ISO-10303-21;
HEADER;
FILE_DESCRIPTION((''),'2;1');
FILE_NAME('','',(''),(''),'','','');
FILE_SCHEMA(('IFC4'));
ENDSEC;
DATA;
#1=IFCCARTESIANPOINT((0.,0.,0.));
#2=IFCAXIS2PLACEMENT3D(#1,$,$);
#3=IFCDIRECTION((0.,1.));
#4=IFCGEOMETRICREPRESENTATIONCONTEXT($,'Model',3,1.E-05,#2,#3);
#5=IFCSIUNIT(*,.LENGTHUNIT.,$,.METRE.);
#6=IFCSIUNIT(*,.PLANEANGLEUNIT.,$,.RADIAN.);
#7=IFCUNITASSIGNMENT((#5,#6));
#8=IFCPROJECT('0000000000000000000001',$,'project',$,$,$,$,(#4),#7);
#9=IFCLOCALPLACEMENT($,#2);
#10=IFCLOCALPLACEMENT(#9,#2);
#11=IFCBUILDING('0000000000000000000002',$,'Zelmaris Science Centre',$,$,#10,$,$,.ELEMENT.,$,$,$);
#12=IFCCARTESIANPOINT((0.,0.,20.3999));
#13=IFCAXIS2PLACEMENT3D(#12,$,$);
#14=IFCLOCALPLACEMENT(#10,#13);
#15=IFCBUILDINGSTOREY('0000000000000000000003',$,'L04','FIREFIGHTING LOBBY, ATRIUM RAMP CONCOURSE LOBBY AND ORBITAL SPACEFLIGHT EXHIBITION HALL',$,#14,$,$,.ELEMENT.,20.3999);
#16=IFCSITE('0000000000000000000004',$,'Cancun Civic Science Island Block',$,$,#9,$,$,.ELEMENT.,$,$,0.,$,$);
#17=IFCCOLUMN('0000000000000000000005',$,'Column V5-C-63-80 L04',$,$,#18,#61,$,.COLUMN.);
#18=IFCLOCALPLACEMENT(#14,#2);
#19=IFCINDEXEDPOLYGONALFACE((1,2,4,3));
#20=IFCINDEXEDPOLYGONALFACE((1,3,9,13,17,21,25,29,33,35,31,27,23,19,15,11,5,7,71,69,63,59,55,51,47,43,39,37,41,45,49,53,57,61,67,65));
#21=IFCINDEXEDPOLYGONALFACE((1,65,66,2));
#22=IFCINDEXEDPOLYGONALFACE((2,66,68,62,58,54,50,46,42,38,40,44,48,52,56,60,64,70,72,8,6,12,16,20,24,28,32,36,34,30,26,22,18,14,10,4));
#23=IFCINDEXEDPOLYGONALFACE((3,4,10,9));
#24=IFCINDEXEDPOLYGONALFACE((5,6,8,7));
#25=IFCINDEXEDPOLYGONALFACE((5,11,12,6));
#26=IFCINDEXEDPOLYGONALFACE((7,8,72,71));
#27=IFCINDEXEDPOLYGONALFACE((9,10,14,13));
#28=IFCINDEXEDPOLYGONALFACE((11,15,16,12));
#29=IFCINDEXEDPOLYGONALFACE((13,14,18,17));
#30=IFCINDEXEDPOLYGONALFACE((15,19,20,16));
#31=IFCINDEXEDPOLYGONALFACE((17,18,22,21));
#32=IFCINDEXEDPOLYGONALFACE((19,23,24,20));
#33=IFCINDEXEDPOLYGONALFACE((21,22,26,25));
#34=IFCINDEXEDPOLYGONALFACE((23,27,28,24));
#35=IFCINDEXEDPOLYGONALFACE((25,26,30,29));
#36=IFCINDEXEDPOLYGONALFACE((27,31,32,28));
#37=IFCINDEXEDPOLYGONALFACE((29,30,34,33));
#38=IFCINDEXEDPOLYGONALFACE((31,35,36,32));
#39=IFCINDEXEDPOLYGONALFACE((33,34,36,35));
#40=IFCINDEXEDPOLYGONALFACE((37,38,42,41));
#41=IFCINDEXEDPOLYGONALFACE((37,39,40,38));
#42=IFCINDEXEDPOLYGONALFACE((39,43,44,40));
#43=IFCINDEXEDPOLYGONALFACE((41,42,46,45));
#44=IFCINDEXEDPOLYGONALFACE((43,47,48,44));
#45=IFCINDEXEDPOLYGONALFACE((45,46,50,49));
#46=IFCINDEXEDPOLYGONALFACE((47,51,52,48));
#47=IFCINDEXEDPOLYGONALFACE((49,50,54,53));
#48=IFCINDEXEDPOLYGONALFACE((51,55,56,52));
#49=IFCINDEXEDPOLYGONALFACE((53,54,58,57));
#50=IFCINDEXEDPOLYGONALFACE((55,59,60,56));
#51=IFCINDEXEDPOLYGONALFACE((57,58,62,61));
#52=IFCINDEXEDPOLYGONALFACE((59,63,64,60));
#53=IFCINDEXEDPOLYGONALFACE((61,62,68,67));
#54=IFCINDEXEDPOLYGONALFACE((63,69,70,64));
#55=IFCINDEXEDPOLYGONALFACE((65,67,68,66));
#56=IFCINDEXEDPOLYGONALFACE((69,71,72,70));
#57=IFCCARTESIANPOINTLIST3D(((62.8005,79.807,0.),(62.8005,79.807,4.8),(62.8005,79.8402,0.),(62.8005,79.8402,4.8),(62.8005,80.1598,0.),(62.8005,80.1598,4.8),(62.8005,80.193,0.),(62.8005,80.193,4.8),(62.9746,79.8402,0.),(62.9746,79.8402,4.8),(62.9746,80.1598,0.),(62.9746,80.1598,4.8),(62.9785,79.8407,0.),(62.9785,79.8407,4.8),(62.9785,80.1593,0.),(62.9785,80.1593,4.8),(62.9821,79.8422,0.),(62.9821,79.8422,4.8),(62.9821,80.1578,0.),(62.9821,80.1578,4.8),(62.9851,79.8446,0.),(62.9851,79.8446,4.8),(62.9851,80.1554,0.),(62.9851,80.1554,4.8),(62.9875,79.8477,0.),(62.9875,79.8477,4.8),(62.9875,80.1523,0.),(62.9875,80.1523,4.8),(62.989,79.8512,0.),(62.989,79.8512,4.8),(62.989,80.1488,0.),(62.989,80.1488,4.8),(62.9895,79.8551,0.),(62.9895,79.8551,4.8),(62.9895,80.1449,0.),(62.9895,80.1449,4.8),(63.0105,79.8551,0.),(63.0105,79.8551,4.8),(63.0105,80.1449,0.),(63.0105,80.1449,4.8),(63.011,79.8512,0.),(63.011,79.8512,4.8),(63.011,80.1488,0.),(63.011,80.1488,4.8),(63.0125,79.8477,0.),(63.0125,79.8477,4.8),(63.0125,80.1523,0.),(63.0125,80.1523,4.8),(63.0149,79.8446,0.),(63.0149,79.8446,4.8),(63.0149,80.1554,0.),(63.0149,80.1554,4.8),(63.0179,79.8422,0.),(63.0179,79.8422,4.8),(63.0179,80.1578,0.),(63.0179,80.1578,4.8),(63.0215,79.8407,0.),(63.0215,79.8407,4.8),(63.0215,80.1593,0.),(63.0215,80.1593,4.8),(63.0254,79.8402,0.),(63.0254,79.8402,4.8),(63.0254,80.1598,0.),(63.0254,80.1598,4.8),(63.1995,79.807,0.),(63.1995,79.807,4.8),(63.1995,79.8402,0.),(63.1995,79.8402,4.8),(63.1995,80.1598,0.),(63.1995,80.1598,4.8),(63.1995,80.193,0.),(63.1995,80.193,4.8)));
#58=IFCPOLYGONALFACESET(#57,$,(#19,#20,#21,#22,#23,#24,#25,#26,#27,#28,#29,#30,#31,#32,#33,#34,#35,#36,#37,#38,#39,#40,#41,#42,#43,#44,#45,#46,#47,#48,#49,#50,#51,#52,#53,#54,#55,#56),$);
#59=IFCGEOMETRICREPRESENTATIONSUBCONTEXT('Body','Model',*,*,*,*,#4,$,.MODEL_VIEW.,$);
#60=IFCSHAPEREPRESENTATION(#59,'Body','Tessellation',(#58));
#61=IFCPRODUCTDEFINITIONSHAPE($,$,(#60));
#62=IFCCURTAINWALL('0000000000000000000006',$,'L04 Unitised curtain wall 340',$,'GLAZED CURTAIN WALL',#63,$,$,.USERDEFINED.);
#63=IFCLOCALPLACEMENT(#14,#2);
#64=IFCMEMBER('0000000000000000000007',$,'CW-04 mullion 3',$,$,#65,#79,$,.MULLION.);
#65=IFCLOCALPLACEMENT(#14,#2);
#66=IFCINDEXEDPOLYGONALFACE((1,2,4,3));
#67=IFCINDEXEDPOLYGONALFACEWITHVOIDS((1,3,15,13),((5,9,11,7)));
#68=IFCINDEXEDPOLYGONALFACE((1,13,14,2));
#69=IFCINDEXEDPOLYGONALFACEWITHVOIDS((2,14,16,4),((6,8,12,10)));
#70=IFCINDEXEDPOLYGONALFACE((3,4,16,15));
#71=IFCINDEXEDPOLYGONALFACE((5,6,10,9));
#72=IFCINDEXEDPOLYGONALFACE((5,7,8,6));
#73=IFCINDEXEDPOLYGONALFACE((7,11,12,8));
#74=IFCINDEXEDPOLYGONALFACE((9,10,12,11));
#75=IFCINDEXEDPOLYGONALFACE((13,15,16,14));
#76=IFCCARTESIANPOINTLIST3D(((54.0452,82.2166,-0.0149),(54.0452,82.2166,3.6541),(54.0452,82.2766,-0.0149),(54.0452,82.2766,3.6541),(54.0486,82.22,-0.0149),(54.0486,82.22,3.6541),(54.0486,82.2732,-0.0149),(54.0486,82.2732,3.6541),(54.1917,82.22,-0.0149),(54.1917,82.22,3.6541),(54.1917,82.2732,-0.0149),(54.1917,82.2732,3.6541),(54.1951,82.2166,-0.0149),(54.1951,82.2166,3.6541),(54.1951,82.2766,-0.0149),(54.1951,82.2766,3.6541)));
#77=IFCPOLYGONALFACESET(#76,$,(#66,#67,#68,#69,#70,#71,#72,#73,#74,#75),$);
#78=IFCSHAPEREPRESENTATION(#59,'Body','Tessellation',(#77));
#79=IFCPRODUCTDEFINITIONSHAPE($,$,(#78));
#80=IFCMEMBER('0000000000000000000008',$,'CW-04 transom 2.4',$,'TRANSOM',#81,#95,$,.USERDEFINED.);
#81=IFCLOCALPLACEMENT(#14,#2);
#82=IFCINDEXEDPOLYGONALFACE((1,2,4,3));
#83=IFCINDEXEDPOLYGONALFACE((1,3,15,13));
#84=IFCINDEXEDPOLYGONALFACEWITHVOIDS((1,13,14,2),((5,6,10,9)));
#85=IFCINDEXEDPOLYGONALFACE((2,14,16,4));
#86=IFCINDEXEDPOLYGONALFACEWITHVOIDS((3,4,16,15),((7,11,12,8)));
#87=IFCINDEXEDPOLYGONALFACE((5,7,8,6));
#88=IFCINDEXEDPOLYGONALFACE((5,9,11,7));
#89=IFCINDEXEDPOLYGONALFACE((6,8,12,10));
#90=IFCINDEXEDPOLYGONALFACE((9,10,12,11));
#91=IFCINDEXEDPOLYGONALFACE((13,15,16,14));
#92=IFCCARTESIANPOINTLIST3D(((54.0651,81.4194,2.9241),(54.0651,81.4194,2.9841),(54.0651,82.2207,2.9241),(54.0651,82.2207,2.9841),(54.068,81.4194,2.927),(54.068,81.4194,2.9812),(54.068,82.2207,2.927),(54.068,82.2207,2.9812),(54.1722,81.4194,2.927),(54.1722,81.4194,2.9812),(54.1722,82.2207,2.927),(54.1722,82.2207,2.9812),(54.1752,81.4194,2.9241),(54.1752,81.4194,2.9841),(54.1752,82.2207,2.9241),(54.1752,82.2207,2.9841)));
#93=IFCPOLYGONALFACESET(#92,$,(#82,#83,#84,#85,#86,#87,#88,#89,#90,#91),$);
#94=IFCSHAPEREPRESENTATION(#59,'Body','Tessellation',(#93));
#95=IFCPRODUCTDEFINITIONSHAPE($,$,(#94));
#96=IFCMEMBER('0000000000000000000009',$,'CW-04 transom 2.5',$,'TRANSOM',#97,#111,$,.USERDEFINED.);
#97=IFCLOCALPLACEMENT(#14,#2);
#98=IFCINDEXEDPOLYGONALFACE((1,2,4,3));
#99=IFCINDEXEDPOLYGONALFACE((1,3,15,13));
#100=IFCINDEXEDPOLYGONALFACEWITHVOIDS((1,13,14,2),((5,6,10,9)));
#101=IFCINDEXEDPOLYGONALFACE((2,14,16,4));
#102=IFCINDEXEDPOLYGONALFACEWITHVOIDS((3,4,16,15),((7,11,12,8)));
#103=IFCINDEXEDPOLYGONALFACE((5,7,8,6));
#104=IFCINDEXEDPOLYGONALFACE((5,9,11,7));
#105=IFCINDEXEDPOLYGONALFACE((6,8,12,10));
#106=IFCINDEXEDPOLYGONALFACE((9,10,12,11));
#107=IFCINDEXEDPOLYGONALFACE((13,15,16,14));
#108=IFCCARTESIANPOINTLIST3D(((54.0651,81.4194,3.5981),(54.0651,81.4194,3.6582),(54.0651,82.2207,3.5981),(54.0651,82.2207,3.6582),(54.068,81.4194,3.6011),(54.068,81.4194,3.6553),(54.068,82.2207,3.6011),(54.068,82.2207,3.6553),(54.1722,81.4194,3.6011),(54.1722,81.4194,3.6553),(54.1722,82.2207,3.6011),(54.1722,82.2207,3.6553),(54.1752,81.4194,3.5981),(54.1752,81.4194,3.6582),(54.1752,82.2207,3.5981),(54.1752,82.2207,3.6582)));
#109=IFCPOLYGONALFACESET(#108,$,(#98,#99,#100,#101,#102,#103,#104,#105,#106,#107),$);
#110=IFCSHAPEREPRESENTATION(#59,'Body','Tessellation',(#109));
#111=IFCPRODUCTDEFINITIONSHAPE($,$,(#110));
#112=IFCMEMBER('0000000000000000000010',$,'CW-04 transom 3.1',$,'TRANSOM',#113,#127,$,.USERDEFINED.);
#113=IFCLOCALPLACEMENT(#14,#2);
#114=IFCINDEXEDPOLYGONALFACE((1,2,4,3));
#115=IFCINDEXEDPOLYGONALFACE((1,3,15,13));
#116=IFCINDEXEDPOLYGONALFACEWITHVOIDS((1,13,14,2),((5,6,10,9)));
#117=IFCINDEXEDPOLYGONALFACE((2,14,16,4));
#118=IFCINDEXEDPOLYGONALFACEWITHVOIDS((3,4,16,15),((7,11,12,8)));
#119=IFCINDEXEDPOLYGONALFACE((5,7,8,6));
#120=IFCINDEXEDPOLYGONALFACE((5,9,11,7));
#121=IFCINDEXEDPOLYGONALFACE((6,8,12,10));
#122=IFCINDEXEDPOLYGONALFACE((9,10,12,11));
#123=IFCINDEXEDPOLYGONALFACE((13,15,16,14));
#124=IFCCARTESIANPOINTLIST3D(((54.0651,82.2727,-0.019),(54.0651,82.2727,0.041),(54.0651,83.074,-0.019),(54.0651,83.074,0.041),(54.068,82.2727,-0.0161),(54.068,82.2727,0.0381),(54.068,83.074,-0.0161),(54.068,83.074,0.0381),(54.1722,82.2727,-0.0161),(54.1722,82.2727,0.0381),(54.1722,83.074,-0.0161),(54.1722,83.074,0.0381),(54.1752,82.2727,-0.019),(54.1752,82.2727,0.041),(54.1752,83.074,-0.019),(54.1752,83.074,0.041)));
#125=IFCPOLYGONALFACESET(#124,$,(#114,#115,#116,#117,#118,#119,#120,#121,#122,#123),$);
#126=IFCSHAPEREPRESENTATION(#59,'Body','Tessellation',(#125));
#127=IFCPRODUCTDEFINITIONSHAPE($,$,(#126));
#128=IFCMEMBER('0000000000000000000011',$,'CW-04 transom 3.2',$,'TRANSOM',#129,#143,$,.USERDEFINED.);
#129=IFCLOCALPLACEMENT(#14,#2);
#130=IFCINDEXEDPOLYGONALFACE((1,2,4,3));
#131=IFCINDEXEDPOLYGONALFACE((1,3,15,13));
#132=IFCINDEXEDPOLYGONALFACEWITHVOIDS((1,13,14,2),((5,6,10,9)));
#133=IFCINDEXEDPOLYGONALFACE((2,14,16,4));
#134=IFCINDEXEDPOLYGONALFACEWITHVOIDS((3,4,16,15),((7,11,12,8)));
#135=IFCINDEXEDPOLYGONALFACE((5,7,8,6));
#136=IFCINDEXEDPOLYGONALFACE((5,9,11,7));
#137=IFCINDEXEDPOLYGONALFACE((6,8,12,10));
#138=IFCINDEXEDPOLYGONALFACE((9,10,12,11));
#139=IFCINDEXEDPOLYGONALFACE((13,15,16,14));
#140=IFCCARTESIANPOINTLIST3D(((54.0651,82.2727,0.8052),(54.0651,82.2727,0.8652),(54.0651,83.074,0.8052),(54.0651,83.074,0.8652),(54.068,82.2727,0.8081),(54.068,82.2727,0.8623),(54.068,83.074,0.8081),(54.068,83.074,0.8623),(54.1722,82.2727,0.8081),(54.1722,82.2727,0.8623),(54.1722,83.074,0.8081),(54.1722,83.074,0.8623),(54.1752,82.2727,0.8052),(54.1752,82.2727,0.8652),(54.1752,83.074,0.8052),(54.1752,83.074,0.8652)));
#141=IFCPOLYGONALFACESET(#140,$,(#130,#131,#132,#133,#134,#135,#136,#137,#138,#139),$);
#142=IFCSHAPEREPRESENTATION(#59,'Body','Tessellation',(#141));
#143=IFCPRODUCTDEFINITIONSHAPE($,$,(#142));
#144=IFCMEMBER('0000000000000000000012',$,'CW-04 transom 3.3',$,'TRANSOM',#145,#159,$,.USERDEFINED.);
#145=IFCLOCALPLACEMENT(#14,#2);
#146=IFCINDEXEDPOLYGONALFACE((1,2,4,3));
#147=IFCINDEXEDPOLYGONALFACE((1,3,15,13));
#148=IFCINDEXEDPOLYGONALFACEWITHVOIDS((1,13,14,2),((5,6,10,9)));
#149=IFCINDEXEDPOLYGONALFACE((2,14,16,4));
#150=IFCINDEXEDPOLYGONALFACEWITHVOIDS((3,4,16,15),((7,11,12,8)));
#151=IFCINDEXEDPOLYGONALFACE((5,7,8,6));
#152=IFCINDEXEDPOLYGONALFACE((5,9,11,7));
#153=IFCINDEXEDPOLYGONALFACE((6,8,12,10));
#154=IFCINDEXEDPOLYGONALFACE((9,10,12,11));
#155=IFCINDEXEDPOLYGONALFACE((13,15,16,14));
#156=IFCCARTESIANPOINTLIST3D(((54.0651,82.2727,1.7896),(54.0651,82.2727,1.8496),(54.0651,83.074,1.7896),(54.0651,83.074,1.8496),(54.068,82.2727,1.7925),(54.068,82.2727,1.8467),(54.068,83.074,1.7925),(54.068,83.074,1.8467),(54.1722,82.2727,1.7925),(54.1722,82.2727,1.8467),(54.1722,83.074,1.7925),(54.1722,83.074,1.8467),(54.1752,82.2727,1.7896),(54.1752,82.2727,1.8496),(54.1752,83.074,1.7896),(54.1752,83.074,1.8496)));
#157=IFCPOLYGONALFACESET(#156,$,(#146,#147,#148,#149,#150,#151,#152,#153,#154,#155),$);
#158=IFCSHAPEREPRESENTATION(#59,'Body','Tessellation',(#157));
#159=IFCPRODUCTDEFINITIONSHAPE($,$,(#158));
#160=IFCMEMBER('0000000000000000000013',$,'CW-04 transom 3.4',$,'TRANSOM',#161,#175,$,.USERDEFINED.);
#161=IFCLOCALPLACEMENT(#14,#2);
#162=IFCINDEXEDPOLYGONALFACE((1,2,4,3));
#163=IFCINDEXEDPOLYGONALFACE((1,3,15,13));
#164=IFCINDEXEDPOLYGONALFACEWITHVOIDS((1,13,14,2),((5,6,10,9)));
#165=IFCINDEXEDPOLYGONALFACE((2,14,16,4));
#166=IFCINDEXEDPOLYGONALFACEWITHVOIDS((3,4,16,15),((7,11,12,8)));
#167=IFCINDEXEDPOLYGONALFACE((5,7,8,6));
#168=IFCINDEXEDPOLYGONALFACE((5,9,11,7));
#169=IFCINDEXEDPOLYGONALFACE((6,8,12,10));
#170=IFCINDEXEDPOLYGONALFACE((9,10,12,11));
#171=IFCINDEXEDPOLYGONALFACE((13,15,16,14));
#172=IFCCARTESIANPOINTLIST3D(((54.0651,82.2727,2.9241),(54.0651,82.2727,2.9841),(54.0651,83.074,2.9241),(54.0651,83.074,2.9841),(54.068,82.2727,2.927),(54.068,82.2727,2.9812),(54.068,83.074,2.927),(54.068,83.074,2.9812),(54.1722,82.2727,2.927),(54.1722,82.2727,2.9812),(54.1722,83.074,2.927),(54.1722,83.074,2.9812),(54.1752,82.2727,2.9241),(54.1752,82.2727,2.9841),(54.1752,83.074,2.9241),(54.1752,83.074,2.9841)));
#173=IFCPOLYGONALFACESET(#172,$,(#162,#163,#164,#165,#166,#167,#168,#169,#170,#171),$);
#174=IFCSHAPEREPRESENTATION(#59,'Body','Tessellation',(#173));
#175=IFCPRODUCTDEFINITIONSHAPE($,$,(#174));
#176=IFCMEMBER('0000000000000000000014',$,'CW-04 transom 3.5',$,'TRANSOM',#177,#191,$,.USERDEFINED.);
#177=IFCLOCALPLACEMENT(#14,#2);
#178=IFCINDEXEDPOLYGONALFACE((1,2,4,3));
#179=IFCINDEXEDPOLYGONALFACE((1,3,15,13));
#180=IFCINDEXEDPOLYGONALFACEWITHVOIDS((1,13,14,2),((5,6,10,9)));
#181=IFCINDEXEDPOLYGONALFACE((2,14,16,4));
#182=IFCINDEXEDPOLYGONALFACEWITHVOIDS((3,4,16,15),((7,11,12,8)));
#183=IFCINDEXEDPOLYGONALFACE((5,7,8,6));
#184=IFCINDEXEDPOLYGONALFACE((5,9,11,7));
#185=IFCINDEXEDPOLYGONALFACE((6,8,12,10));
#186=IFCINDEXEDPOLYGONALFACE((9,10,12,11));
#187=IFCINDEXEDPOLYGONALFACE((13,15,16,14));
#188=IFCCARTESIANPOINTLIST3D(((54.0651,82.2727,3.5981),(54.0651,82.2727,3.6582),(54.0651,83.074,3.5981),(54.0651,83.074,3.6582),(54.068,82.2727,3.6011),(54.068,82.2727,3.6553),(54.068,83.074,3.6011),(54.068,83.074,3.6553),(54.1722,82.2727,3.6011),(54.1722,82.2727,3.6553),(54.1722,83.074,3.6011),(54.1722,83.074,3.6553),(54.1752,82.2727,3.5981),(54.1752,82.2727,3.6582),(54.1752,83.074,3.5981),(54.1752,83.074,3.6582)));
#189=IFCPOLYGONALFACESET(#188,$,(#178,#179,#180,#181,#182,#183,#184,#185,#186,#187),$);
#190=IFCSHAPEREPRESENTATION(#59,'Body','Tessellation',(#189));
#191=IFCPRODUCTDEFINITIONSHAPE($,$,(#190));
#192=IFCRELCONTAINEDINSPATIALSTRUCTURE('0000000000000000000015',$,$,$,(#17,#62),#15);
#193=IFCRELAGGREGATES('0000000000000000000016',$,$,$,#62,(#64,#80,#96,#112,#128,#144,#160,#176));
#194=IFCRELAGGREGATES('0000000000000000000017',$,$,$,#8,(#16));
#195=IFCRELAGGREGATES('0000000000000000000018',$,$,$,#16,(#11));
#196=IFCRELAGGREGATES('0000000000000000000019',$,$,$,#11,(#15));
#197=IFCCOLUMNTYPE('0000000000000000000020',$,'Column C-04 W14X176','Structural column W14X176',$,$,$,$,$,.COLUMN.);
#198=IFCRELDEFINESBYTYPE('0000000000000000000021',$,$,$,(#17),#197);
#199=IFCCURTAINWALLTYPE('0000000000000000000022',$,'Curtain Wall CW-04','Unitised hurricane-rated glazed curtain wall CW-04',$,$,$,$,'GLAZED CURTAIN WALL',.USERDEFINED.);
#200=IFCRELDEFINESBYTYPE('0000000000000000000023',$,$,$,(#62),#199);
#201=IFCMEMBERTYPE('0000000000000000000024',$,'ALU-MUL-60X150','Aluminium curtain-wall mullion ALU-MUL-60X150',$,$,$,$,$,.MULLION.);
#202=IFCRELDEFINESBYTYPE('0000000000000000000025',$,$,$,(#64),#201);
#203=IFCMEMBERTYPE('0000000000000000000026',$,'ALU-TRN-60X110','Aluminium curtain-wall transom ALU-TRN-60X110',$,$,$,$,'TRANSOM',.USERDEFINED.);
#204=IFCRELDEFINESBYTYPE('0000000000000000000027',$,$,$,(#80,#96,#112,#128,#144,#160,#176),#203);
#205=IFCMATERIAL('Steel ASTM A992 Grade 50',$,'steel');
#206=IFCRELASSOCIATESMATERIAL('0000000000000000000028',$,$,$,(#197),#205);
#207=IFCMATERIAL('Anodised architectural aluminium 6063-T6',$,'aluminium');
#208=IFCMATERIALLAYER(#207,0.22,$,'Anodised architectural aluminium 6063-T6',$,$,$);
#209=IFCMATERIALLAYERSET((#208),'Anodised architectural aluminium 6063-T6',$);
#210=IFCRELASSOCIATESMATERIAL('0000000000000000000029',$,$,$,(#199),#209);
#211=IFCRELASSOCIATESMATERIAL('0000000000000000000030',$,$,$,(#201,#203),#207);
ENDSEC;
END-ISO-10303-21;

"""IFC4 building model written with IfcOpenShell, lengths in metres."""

from ifc_helpers import new_model, si_unit, direction, frame, origin, origin_2d, place, context, subcontext, project, spatial, hollow_rectangle, i_section, extrude, material, layer, layer_set, material_profile, profile_set, type_object, element, aggregate, save


model = new_model("IFC4")

# Units and contexts
model_context = context("Model", 3, precision=1e-05, world=origin(), true_north=direction((0.0, 1.0)))
body_context = subcontext(model_context, "Body", "Model", "MODEL_VIEW")
ifc_project = project(units=[si_unit("LENGTHUNIT", "METRE"), si_unit("PLANEANGLEUNIT", "RADIAN")], contexts=[model_context])

# Site, building, storey
site_placement = place(None, origin())
site = spatial("IfcSite", under=ifc_project, at=site_placement, Name="Cancun Civic Science Island Block", CompositionType="ELEMENT", RefElevation=0.0)
building_placement = place(site_placement, origin())
building = spatial("IfcBuilding", under=site, at=building_placement, Name="Zelmaris Science Centre", CompositionType="ELEMENT")
storey_placement = place(building_placement, frame((0.0, 0.0, 20.3999)))
storey = spatial("IfcBuildingStorey", under=building, at=storey_placement, Name="L04", Description="FIREFIGHTING LOBBY, ATRIUM RAMP CONCOURSE LOBBY AND ORBITAL SPACEFLIGHT EXHIBITION HALL", CompositionType="ELEMENT", Elevation=20.3999)

# Column
ifc_material_1 = material(Name="Steel ASTM A992 Grade 50", Category="steel")
ifc_material_profile_1 = material_profile(ifc_material_1, i_section(OverallWidth=0.3989, OverallDepth=0.386, WebThickness=0.021, FlangeThickness=0.0332, FilletRadius=0.0149, at=origin_2d()), Name="W14X176")
ifc_profile_set_1 = profile_set([ifc_material_profile_1], Name="Steel ASTM A992 Grade 50")
column_type = type_object("IfcColumnType", Name="Column C-04 W14X176", Description="Structural column W14X176", PredefinedType="COLUMN", material=ifc_profile_set_1)
column_placement = place(storey_placement, frame((63.0, 80.0, 0.0), z_axis=(0.0, 0.0, 1.0), x_axis=(1.0, 0.0, 0.0)))
element("IfcColumn", 1, at=column_placement, inside=storey, type_object=column_type, Name="Column V5-C-63-80 L04", PredefinedType="COLUMN", context=body_context, shape_type="SweptSolid", body=[
    extrude(i_section(OverallWidth=0.3989, OverallDepth=0.386, WebThickness=0.021, FlangeThickness=0.0332, FilletRadius=0.0149, at=origin_2d()), origin(), (0.0, 0.0, 1.0), 4.8),
])

# Curtain wall, members
ifc_material_2 = material(Name="Anodised architectural aluminium 6063-T6", Category="aluminium")
ifc_layer_1 = layer(ifc_material_2, 0.22, Name="Anodised architectural aluminium 6063-T6")
ifc_layer_set_1 = layer_set([ifc_layer_1], Name="Anodised architectural aluminium 6063-T6")
curtain_wall_type = type_object("IfcCurtainWallType", Name="Curtain Wall CW-04", Description="Unitised hurricane-rated glazed curtain wall CW-04", ElementType="GLAZED CURTAIN WALL", PredefinedType="USERDEFINED", material=ifc_layer_set_1)
curtain_wall_placement = place(storey_placement, origin())
curtain_wall = element("IfcCurtainWall", 2, at=curtain_wall_placement, inside=storey, type_object=curtain_wall_type, Name="L04 Unitised curtain wall 340", ObjectType="GLAZED CURTAIN WALL", PredefinedType="USERDEFINED")
ifc_material_profile_2 = material_profile(ifc_material_2, hollow_rectangle(XDim=0.0601, YDim=0.1499, WallThickness=0.0034, at=origin_2d()), Name="ALU-MUL-60X150")
ifc_profile_set_2 = profile_set([ifc_material_profile_2], Name="Anodised architectural aluminium 6063-T6")
member_type_1 = type_object("IfcMemberType", Name="ALU-MUL-60X150", Description="Aluminium curtain-wall mullion ALU-MUL-60X150", PredefinedType="MULLION", material=ifc_profile_set_2)
member_1_placement = place(storey_placement, frame((54.1201, 82.2466, -0.0149), z_axis=(0.0, 0.0, 1.0), x_axis=(0.0, 1.0, 0.0)))
member_1 = element("IfcMember", 3, at=member_1_placement, type_object=member_type_1, Name="CW-04 mullion 3", PredefinedType="MULLION", context=body_context, shape_type="SweptSolid", body=[
    extrude(hollow_rectangle(XDim=0.0601, YDim=0.1499, WallThickness=0.0034, at=origin_2d()), origin(), (0.0, 0.0, 1.0), 3.6689),
])
ifc_material_profile_3 = material_profile(ifc_material_2, hollow_rectangle(XDim=0.0601, YDim=0.1101, WallThickness=0.0029, at=origin_2d()), Name="ALU-TRN-60X110")
ifc_profile_set_3 = profile_set([ifc_material_profile_3], Name="Anodised architectural aluminium 6063-T6")
member_type_2 = type_object("IfcMemberType", Name="ALU-TRN-60X110", Description="Aluminium curtain-wall transom ALU-TRN-60X110", ElementType="TRANSOM", PredefinedType="USERDEFINED", material=ifc_profile_set_3)
member_2_placement = place(storey_placement, frame((54.1201, 81.4194, 2.9541), z_axis=(0.0, 1.0, 0.0), x_axis=(0.0, 0.0, 1.0)))
member_2 = element("IfcMember", 4, at=member_2_placement, type_object=member_type_2, Name="CW-04 transom 2.4", ObjectType="TRANSOM", PredefinedType="USERDEFINED", context=body_context, shape_type="SweptSolid", body=[
    extrude(hollow_rectangle(XDim=0.0601, YDim=0.1101, WallThickness=0.0029, at=origin_2d()), origin(), (0.0, 0.0, 1.0), 0.8013),
])
member_3_placement = place(storey_placement, frame((54.1201, 81.4194, 3.6282), z_axis=(0.0, 1.0, 0.0), x_axis=(0.0, 0.0, 1.0)))
member_3 = element("IfcMember", 5, at=member_3_placement, type_object=member_type_2, Name="CW-04 transom 2.5", ObjectType="TRANSOM", PredefinedType="USERDEFINED", context=body_context, shape_type="SweptSolid", body=[
    extrude(hollow_rectangle(XDim=0.0601, YDim=0.1101, WallThickness=0.0029, at=origin_2d()), origin(), (0.0, 0.0, 1.0), 0.8013),
])
member_4_placement = place(storey_placement, frame((54.1201, 82.2727, 0.011), z_axis=(0.0, 1.0, 0.0), x_axis=(0.0, 0.0, 1.0)))
member_4 = element("IfcMember", 6, at=member_4_placement, type_object=member_type_2, Name="CW-04 transom 3.1", ObjectType="TRANSOM", PredefinedType="USERDEFINED", context=body_context, shape_type="SweptSolid", body=[
    extrude(hollow_rectangle(XDim=0.0601, YDim=0.1101, WallThickness=0.0029, at=origin_2d()), origin(), (0.0, 0.0, 1.0), 0.8013),
])
member_5_placement = place(storey_placement, frame((54.1201, 82.2727, 0.8352), z_axis=(0.0, 1.0, 0.0), x_axis=(0.0, 0.0, 1.0)))
member_5 = element("IfcMember", 7, at=member_5_placement, type_object=member_type_2, Name="CW-04 transom 3.2", ObjectType="TRANSOM", PredefinedType="USERDEFINED", context=body_context, shape_type="SweptSolid", body=[
    extrude(hollow_rectangle(XDim=0.0601, YDim=0.1101, WallThickness=0.0029, at=origin_2d()), origin(), (0.0, 0.0, 1.0), 0.8013),
])
member_6_placement = place(storey_placement, frame((54.1201, 82.2727, 1.8196), z_axis=(0.0, 1.0, 0.0), x_axis=(0.0, 0.0, 1.0)))
member_6 = element("IfcMember", 8, at=member_6_placement, type_object=member_type_2, Name="CW-04 transom 3.3", ObjectType="TRANSOM", PredefinedType="USERDEFINED", context=body_context, shape_type="SweptSolid", body=[
    extrude(hollow_rectangle(XDim=0.0601, YDim=0.1101, WallThickness=0.0029, at=origin_2d()), origin(), (0.0, 0.0, 1.0), 0.8013),
])
member_7_placement = place(storey_placement, frame((54.1201, 82.2727, 2.9541), z_axis=(0.0, 1.0, 0.0), x_axis=(0.0, 0.0, 1.0)))
member_7 = element("IfcMember", 9, at=member_7_placement, type_object=member_type_2, Name="CW-04 transom 3.4", ObjectType="TRANSOM", PredefinedType="USERDEFINED", context=body_context, shape_type="SweptSolid", body=[
    extrude(hollow_rectangle(XDim=0.0601, YDim=0.1101, WallThickness=0.0029, at=origin_2d()), origin(), (0.0, 0.0, 1.0), 0.8013),
])
member_8_placement = place(storey_placement, frame((54.1201, 82.2727, 3.6282), z_axis=(0.0, 1.0, 0.0), x_axis=(0.0, 0.0, 1.0)))
member_8 = element("IfcMember", 10, at=member_8_placement, type_object=member_type_2, Name="CW-04 transom 3.5", ObjectType="TRANSOM", PredefinedType="USERDEFINED", context=body_context, shape_type="SweptSolid", body=[
    extrude(hollow_rectangle(XDim=0.0601, YDim=0.1101, WallThickness=0.0029, at=origin_2d()), origin(), (0.0, 0.0, 1.0), 0.8013),
])

aggregate(curtain_wall, [member_1, member_2, member_3, member_4, member_5, member_6, member_7, member_8])

save(model, "model.ifc")
